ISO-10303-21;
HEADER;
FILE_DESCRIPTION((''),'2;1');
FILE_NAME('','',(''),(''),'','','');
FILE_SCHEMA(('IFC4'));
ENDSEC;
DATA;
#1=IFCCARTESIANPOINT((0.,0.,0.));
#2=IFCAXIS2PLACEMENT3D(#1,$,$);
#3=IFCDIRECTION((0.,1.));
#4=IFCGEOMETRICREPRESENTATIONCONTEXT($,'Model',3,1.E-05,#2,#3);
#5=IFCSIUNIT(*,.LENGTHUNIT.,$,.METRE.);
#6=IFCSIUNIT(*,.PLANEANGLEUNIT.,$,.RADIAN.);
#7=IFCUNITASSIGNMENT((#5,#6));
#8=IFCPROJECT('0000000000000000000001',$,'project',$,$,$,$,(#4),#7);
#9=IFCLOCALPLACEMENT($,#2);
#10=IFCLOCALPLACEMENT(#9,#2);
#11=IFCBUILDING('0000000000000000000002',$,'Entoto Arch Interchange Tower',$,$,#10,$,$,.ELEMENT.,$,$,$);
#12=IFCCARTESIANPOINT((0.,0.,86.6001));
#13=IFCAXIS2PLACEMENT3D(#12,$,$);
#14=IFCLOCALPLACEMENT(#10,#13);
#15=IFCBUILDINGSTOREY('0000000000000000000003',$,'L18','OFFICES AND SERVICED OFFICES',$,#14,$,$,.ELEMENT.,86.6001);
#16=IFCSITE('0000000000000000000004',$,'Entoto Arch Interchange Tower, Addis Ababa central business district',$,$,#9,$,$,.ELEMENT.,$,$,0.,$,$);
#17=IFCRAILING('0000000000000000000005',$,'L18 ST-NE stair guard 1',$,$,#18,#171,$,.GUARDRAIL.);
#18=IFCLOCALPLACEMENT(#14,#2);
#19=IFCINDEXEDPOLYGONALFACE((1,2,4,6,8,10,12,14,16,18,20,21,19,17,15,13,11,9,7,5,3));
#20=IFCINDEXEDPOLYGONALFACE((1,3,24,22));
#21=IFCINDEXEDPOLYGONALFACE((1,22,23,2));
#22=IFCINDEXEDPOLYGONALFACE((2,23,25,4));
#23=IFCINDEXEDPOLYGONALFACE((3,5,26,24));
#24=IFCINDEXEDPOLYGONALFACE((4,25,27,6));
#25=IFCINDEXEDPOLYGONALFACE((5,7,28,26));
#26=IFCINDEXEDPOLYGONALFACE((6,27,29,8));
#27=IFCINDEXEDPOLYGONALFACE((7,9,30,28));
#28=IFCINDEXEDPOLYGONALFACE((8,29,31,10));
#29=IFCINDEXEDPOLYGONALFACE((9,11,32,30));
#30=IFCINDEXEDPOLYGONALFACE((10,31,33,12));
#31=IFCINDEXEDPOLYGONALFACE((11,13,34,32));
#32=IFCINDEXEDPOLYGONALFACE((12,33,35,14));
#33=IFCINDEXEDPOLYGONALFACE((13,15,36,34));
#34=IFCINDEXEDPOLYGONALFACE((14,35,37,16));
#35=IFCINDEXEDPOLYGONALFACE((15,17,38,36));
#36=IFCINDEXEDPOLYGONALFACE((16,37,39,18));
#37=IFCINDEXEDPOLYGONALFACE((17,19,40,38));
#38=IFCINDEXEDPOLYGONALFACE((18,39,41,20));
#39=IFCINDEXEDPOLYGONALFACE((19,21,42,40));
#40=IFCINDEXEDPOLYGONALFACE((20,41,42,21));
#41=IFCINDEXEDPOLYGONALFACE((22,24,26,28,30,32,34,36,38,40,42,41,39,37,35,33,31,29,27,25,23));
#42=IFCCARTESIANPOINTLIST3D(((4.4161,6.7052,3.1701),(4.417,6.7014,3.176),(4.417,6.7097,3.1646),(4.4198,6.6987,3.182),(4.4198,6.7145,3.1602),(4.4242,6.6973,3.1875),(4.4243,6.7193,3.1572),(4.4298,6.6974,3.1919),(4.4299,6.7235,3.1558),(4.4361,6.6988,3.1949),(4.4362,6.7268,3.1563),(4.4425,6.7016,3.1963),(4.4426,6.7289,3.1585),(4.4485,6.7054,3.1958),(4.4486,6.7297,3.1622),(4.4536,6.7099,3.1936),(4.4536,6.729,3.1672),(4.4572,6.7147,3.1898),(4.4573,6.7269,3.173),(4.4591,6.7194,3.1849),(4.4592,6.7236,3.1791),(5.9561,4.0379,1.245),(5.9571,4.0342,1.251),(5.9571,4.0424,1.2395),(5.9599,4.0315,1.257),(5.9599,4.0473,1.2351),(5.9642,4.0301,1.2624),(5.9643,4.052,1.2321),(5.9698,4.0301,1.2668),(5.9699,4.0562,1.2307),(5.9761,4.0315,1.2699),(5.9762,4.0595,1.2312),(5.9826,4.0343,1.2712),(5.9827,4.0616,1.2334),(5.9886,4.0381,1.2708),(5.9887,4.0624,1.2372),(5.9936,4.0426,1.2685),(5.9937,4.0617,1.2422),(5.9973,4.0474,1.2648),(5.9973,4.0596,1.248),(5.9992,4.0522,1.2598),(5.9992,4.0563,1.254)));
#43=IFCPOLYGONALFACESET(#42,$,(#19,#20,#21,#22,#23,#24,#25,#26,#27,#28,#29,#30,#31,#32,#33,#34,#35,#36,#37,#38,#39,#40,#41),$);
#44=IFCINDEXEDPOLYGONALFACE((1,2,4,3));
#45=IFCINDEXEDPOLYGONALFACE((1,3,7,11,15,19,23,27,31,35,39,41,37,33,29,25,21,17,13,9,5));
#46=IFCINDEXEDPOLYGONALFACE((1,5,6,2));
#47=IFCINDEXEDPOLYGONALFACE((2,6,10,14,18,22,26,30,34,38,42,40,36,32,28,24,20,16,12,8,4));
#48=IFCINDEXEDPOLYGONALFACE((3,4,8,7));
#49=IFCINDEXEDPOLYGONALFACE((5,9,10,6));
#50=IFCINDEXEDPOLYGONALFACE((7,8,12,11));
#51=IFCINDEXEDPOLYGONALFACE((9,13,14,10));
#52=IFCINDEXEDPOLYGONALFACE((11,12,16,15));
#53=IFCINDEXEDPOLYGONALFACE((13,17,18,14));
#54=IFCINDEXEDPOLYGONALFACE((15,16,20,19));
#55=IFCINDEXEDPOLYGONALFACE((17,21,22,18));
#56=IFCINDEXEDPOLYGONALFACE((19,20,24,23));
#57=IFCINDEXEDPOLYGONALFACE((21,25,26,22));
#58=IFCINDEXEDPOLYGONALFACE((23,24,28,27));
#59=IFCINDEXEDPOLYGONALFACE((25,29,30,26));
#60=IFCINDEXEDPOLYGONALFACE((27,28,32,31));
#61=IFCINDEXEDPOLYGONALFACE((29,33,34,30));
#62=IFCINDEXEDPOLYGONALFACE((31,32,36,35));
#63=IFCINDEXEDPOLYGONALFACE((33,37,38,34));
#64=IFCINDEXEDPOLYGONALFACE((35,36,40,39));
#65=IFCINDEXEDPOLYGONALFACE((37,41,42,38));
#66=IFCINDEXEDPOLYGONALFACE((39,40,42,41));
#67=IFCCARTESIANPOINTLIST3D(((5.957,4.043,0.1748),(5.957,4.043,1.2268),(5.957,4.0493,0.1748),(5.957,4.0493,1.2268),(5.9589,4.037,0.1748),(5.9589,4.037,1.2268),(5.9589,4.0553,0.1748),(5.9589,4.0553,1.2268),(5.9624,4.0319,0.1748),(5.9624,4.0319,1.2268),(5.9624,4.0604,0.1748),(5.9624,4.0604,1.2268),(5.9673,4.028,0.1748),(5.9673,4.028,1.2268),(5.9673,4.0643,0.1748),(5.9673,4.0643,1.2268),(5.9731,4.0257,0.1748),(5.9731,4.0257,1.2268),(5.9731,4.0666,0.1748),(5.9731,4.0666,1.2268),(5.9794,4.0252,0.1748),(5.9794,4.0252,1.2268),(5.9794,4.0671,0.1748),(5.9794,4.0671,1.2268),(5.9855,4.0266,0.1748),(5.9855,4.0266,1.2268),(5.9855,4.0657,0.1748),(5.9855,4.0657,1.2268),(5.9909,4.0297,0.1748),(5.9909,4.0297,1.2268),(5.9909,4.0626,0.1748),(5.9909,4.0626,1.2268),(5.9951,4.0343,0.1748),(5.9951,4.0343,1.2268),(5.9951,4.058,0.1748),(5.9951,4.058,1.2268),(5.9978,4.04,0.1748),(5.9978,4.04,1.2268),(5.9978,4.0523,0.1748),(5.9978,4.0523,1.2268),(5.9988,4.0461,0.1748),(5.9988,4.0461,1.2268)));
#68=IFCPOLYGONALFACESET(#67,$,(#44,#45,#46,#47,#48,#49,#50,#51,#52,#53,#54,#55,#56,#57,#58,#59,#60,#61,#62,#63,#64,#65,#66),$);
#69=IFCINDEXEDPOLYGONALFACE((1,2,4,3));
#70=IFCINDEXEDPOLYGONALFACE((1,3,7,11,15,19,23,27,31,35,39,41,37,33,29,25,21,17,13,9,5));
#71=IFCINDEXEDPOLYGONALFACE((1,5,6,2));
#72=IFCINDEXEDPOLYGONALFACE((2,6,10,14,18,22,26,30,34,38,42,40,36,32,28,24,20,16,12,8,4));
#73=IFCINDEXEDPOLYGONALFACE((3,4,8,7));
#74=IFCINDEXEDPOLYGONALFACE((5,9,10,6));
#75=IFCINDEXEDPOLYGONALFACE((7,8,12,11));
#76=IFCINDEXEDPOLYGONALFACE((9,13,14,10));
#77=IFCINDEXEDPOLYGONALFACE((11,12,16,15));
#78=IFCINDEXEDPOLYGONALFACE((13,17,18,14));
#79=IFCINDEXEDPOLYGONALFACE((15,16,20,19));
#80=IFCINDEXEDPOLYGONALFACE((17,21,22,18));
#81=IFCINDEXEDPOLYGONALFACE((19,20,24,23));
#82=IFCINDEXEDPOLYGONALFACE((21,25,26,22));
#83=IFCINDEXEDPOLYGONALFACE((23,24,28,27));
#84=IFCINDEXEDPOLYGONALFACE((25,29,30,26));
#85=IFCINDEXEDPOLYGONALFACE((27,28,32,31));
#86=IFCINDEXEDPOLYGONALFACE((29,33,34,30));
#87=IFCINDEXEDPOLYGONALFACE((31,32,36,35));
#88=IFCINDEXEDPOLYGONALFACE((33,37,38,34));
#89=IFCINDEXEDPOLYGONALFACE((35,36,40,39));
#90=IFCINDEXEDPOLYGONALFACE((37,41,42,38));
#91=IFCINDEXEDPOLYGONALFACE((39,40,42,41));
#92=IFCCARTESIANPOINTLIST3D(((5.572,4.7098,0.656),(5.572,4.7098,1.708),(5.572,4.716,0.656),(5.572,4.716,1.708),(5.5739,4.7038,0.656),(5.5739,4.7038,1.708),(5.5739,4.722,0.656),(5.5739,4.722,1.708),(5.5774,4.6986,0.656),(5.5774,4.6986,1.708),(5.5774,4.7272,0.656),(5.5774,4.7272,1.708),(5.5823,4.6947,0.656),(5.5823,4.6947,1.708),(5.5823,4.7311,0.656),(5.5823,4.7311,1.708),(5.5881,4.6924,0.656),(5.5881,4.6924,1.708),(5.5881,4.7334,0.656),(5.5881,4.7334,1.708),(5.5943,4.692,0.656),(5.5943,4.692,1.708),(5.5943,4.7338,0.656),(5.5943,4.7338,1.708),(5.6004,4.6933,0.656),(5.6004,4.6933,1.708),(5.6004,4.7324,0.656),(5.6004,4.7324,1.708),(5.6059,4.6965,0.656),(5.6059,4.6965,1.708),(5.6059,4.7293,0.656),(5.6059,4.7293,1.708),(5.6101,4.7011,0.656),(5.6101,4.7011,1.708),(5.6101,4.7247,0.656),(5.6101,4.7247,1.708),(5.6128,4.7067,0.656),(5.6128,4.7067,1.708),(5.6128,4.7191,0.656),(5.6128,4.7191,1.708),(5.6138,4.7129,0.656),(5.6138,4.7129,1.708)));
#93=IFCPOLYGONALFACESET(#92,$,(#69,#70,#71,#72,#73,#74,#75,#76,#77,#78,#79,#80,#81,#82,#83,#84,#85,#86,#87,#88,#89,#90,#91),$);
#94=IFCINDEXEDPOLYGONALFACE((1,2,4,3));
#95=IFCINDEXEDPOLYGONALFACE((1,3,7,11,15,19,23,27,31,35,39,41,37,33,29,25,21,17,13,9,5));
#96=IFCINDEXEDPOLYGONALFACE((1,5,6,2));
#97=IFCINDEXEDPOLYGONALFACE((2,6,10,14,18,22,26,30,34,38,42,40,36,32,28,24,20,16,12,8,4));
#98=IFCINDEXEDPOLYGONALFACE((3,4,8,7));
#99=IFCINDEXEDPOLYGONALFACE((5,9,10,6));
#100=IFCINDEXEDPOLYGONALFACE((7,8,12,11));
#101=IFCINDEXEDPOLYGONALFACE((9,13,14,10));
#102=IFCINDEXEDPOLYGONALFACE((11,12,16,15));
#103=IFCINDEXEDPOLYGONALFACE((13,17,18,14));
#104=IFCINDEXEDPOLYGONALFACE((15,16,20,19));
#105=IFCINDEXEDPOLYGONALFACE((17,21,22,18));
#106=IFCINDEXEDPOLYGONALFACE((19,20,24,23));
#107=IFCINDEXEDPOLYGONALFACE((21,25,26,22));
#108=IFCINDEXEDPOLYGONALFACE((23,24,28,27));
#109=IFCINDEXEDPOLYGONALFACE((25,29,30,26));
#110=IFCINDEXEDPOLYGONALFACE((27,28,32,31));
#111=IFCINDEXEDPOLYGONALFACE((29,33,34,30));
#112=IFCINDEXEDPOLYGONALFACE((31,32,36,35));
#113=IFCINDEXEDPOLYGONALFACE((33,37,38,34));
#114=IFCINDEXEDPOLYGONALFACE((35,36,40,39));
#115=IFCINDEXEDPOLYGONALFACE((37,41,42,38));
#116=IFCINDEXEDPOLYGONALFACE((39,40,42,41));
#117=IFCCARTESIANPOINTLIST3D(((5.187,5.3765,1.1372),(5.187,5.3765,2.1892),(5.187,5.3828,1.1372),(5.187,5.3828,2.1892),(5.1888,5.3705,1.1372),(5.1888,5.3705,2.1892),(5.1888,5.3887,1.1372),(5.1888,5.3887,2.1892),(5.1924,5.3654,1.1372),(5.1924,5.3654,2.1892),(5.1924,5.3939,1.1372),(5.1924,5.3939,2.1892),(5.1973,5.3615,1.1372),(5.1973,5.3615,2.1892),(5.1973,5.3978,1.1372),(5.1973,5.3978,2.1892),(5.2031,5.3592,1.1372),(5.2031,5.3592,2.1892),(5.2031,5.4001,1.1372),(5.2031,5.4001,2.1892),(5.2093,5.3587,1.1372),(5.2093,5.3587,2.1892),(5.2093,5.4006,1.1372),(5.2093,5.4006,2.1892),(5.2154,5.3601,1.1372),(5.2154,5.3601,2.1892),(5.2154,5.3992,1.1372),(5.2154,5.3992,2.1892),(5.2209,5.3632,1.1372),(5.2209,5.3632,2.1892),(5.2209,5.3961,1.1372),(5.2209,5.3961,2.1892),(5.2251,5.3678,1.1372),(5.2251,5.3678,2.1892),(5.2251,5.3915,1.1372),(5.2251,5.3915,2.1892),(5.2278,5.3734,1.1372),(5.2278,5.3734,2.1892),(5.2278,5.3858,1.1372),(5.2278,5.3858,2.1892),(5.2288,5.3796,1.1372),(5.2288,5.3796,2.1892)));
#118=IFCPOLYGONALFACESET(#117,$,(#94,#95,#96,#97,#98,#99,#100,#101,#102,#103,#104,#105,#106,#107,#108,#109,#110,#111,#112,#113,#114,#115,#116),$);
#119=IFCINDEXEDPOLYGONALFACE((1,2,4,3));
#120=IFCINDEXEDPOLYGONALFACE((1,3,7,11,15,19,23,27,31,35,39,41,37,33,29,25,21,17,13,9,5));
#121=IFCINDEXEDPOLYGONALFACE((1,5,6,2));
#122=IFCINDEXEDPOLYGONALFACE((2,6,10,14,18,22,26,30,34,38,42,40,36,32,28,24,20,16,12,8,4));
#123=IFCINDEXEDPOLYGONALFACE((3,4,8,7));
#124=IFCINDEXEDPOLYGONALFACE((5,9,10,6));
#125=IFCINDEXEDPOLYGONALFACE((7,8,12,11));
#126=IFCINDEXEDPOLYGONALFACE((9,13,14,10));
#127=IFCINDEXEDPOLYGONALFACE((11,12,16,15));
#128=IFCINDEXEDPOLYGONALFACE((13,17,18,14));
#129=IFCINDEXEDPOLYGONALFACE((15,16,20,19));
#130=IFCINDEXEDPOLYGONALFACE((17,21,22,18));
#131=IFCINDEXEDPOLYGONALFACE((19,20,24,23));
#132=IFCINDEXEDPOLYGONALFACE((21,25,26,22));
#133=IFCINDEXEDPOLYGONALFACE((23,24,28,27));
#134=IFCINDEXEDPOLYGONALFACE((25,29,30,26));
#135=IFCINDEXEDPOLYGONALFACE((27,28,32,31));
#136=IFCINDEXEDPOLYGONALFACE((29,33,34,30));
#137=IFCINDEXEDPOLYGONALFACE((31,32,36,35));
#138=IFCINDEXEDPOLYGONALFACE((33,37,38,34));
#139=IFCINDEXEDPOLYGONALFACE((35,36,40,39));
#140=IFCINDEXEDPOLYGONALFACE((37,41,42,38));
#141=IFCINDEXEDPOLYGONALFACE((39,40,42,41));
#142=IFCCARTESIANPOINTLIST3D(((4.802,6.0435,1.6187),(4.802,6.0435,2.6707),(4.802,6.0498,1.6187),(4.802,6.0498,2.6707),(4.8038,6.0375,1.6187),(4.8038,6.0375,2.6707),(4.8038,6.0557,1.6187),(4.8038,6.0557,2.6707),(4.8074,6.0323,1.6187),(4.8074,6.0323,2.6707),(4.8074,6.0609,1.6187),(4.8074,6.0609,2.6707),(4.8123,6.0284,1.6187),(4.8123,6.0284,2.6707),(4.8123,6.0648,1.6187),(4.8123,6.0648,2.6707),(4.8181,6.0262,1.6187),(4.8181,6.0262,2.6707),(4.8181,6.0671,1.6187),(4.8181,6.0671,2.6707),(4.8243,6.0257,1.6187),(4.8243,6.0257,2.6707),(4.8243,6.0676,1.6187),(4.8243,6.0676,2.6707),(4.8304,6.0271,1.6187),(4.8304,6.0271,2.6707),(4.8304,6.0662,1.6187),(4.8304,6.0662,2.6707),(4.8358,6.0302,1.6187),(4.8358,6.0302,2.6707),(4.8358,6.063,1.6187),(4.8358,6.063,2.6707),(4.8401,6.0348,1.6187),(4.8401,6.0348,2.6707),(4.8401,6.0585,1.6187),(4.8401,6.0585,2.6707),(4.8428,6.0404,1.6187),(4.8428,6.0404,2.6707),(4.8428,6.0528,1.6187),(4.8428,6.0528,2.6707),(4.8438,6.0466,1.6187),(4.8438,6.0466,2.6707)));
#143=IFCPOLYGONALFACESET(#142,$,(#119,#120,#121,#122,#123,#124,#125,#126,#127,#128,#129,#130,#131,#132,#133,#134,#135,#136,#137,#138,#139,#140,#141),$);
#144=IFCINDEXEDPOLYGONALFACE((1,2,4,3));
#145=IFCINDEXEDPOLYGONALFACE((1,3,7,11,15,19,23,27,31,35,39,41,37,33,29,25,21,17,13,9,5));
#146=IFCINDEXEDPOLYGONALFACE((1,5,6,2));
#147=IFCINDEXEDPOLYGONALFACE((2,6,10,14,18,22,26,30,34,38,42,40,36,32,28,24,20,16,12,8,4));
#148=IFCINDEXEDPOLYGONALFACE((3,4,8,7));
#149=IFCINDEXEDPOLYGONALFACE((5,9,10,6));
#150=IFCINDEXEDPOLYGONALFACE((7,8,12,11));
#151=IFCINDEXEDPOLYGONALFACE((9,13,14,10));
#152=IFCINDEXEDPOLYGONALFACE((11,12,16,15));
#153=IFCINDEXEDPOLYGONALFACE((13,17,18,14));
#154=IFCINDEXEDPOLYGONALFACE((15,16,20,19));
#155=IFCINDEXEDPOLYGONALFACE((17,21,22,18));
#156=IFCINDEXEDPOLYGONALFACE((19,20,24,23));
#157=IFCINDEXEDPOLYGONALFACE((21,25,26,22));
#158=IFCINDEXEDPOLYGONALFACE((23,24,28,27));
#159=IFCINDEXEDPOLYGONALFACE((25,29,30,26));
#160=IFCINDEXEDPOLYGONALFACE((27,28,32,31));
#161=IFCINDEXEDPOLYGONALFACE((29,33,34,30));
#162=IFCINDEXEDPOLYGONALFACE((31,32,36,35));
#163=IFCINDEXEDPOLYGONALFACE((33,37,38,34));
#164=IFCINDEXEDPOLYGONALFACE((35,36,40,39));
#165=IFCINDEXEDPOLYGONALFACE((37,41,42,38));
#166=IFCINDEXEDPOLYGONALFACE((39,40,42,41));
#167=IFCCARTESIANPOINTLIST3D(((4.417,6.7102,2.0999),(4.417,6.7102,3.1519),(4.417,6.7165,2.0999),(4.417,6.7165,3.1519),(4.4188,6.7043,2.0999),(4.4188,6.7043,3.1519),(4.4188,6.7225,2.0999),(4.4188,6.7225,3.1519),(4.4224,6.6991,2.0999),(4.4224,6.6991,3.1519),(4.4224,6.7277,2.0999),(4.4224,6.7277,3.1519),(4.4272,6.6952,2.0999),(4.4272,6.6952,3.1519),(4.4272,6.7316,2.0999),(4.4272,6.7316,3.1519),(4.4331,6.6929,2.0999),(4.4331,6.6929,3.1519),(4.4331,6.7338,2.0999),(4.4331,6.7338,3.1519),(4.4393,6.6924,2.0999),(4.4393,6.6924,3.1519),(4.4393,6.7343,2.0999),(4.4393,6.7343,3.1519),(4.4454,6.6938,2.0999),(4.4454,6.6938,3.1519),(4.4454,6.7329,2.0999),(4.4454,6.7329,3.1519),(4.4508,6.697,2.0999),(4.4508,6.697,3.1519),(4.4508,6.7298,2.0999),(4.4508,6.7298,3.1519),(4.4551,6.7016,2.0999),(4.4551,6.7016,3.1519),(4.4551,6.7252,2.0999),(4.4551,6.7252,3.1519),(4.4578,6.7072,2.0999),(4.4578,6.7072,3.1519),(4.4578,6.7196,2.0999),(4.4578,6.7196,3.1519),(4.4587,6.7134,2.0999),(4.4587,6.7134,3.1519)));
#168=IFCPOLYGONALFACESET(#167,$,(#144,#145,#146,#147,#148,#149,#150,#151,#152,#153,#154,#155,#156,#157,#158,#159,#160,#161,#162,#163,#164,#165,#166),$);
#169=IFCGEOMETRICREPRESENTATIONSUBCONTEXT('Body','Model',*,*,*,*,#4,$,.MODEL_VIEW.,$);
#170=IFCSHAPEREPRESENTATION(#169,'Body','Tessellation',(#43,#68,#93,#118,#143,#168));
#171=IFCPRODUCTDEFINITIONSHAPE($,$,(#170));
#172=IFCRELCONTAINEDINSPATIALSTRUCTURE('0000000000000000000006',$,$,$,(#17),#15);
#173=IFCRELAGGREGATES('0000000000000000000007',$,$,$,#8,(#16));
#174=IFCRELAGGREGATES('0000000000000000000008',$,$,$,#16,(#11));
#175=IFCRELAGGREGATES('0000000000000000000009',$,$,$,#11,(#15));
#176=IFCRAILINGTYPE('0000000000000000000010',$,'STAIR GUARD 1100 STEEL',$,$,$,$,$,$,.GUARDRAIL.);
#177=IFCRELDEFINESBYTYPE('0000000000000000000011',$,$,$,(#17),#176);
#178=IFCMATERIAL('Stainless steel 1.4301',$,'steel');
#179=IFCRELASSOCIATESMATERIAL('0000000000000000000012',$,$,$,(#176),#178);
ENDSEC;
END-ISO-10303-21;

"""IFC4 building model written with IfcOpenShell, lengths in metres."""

from ifc_helpers import new_model, si_unit, direction, frame, origin, origin_2d, place, context, subcontext, project, spatial, circle, extrude, material, type_object, element, save


model = new_model("IFC4")

# Units and contexts
model_context = context("Model", 3, precision=1e-05, world=origin(), true_north=direction((0.0, 1.0)))
body_context = subcontext(model_context, "Body", "Model", "MODEL_VIEW")
ifc_project = project(units=[si_unit("LENGTHUNIT", "METRE"), si_unit("PLANEANGLEUNIT", "RADIAN")], contexts=[model_context])

# Site, building, storey
site_placement = place(None, origin())
site = spatial("IfcSite", under=ifc_project, at=site_placement, Name="Entoto Arch Interchange Tower, Addis Ababa central business district", CompositionType="ELEMENT", RefElevation=0.0)
building_placement = place(site_placement, origin())
building = spatial("IfcBuilding", under=site, at=building_placement, Name="Entoto Arch Interchange Tower", CompositionType="ELEMENT")
storey_placement = place(building_placement, frame((0.0, 0.0, 86.6001)))
storey = spatial("IfcBuildingStorey", under=building, at=storey_placement, Name="L18", Description="OFFICES AND SERVICED OFFICES", CompositionType="ELEMENT", Elevation=86.6001)

# Railing
ifc_material_1 = material(Name="Stainless steel 1.4301", Category="steel")
railing_type_1 = type_object("IfcRailingType", Name="STAIR GUARD 1100 STEEL", PredefinedType="GUARDRAIL", material=ifc_material_1)
railing_1_placement = place(storey_placement, frame((5.9778, 4.0461, 0.1748)))
element("IfcRailing", 1, at=railing_1_placement, inside=storey, type_object=railing_type_1, Name="L18 ST-NE stair guard 1", PredefinedType="GUARDRAIL", context=body_context, shape_type="SweptSolid", body=[
    extrude(circle(Radius=0.0239, at=origin_2d()), frame((0.0, 0.0, 1.0762), z_axis=(-0.424015, 0.734364, 0.530019), x_axis=(-0.86601, -0.500027, 0.0)), (0.0, 0.0, 1.0), 3.6321),
    extrude(circle(Radius=0.021, at=origin_2d()), origin(), (0.0, 0.0, 1.0), 1.052),
    extrude(circle(Radius=0.021, at=origin_2d()), frame((-0.385, 0.6667, 0.4812)), (0.0, 0.0, 1.0), 1.052),
    extrude(circle(Radius=0.021, at=origin_2d()), frame((-0.77, 1.3335, 0.9624)), (0.0, 0.0, 1.0), 1.052),
    extrude(circle(Radius=0.021, at=origin_2d()), frame((-1.155, 2.0005, 1.4438)), (0.0, 0.0, 1.0), 1.052),
    extrude(circle(Radius=0.021, at=origin_2d()), frame((-1.54, 2.6672, 1.925)), (0.0, 0.0, 1.0), 1.052),
])

save(model, "model.ifc")
